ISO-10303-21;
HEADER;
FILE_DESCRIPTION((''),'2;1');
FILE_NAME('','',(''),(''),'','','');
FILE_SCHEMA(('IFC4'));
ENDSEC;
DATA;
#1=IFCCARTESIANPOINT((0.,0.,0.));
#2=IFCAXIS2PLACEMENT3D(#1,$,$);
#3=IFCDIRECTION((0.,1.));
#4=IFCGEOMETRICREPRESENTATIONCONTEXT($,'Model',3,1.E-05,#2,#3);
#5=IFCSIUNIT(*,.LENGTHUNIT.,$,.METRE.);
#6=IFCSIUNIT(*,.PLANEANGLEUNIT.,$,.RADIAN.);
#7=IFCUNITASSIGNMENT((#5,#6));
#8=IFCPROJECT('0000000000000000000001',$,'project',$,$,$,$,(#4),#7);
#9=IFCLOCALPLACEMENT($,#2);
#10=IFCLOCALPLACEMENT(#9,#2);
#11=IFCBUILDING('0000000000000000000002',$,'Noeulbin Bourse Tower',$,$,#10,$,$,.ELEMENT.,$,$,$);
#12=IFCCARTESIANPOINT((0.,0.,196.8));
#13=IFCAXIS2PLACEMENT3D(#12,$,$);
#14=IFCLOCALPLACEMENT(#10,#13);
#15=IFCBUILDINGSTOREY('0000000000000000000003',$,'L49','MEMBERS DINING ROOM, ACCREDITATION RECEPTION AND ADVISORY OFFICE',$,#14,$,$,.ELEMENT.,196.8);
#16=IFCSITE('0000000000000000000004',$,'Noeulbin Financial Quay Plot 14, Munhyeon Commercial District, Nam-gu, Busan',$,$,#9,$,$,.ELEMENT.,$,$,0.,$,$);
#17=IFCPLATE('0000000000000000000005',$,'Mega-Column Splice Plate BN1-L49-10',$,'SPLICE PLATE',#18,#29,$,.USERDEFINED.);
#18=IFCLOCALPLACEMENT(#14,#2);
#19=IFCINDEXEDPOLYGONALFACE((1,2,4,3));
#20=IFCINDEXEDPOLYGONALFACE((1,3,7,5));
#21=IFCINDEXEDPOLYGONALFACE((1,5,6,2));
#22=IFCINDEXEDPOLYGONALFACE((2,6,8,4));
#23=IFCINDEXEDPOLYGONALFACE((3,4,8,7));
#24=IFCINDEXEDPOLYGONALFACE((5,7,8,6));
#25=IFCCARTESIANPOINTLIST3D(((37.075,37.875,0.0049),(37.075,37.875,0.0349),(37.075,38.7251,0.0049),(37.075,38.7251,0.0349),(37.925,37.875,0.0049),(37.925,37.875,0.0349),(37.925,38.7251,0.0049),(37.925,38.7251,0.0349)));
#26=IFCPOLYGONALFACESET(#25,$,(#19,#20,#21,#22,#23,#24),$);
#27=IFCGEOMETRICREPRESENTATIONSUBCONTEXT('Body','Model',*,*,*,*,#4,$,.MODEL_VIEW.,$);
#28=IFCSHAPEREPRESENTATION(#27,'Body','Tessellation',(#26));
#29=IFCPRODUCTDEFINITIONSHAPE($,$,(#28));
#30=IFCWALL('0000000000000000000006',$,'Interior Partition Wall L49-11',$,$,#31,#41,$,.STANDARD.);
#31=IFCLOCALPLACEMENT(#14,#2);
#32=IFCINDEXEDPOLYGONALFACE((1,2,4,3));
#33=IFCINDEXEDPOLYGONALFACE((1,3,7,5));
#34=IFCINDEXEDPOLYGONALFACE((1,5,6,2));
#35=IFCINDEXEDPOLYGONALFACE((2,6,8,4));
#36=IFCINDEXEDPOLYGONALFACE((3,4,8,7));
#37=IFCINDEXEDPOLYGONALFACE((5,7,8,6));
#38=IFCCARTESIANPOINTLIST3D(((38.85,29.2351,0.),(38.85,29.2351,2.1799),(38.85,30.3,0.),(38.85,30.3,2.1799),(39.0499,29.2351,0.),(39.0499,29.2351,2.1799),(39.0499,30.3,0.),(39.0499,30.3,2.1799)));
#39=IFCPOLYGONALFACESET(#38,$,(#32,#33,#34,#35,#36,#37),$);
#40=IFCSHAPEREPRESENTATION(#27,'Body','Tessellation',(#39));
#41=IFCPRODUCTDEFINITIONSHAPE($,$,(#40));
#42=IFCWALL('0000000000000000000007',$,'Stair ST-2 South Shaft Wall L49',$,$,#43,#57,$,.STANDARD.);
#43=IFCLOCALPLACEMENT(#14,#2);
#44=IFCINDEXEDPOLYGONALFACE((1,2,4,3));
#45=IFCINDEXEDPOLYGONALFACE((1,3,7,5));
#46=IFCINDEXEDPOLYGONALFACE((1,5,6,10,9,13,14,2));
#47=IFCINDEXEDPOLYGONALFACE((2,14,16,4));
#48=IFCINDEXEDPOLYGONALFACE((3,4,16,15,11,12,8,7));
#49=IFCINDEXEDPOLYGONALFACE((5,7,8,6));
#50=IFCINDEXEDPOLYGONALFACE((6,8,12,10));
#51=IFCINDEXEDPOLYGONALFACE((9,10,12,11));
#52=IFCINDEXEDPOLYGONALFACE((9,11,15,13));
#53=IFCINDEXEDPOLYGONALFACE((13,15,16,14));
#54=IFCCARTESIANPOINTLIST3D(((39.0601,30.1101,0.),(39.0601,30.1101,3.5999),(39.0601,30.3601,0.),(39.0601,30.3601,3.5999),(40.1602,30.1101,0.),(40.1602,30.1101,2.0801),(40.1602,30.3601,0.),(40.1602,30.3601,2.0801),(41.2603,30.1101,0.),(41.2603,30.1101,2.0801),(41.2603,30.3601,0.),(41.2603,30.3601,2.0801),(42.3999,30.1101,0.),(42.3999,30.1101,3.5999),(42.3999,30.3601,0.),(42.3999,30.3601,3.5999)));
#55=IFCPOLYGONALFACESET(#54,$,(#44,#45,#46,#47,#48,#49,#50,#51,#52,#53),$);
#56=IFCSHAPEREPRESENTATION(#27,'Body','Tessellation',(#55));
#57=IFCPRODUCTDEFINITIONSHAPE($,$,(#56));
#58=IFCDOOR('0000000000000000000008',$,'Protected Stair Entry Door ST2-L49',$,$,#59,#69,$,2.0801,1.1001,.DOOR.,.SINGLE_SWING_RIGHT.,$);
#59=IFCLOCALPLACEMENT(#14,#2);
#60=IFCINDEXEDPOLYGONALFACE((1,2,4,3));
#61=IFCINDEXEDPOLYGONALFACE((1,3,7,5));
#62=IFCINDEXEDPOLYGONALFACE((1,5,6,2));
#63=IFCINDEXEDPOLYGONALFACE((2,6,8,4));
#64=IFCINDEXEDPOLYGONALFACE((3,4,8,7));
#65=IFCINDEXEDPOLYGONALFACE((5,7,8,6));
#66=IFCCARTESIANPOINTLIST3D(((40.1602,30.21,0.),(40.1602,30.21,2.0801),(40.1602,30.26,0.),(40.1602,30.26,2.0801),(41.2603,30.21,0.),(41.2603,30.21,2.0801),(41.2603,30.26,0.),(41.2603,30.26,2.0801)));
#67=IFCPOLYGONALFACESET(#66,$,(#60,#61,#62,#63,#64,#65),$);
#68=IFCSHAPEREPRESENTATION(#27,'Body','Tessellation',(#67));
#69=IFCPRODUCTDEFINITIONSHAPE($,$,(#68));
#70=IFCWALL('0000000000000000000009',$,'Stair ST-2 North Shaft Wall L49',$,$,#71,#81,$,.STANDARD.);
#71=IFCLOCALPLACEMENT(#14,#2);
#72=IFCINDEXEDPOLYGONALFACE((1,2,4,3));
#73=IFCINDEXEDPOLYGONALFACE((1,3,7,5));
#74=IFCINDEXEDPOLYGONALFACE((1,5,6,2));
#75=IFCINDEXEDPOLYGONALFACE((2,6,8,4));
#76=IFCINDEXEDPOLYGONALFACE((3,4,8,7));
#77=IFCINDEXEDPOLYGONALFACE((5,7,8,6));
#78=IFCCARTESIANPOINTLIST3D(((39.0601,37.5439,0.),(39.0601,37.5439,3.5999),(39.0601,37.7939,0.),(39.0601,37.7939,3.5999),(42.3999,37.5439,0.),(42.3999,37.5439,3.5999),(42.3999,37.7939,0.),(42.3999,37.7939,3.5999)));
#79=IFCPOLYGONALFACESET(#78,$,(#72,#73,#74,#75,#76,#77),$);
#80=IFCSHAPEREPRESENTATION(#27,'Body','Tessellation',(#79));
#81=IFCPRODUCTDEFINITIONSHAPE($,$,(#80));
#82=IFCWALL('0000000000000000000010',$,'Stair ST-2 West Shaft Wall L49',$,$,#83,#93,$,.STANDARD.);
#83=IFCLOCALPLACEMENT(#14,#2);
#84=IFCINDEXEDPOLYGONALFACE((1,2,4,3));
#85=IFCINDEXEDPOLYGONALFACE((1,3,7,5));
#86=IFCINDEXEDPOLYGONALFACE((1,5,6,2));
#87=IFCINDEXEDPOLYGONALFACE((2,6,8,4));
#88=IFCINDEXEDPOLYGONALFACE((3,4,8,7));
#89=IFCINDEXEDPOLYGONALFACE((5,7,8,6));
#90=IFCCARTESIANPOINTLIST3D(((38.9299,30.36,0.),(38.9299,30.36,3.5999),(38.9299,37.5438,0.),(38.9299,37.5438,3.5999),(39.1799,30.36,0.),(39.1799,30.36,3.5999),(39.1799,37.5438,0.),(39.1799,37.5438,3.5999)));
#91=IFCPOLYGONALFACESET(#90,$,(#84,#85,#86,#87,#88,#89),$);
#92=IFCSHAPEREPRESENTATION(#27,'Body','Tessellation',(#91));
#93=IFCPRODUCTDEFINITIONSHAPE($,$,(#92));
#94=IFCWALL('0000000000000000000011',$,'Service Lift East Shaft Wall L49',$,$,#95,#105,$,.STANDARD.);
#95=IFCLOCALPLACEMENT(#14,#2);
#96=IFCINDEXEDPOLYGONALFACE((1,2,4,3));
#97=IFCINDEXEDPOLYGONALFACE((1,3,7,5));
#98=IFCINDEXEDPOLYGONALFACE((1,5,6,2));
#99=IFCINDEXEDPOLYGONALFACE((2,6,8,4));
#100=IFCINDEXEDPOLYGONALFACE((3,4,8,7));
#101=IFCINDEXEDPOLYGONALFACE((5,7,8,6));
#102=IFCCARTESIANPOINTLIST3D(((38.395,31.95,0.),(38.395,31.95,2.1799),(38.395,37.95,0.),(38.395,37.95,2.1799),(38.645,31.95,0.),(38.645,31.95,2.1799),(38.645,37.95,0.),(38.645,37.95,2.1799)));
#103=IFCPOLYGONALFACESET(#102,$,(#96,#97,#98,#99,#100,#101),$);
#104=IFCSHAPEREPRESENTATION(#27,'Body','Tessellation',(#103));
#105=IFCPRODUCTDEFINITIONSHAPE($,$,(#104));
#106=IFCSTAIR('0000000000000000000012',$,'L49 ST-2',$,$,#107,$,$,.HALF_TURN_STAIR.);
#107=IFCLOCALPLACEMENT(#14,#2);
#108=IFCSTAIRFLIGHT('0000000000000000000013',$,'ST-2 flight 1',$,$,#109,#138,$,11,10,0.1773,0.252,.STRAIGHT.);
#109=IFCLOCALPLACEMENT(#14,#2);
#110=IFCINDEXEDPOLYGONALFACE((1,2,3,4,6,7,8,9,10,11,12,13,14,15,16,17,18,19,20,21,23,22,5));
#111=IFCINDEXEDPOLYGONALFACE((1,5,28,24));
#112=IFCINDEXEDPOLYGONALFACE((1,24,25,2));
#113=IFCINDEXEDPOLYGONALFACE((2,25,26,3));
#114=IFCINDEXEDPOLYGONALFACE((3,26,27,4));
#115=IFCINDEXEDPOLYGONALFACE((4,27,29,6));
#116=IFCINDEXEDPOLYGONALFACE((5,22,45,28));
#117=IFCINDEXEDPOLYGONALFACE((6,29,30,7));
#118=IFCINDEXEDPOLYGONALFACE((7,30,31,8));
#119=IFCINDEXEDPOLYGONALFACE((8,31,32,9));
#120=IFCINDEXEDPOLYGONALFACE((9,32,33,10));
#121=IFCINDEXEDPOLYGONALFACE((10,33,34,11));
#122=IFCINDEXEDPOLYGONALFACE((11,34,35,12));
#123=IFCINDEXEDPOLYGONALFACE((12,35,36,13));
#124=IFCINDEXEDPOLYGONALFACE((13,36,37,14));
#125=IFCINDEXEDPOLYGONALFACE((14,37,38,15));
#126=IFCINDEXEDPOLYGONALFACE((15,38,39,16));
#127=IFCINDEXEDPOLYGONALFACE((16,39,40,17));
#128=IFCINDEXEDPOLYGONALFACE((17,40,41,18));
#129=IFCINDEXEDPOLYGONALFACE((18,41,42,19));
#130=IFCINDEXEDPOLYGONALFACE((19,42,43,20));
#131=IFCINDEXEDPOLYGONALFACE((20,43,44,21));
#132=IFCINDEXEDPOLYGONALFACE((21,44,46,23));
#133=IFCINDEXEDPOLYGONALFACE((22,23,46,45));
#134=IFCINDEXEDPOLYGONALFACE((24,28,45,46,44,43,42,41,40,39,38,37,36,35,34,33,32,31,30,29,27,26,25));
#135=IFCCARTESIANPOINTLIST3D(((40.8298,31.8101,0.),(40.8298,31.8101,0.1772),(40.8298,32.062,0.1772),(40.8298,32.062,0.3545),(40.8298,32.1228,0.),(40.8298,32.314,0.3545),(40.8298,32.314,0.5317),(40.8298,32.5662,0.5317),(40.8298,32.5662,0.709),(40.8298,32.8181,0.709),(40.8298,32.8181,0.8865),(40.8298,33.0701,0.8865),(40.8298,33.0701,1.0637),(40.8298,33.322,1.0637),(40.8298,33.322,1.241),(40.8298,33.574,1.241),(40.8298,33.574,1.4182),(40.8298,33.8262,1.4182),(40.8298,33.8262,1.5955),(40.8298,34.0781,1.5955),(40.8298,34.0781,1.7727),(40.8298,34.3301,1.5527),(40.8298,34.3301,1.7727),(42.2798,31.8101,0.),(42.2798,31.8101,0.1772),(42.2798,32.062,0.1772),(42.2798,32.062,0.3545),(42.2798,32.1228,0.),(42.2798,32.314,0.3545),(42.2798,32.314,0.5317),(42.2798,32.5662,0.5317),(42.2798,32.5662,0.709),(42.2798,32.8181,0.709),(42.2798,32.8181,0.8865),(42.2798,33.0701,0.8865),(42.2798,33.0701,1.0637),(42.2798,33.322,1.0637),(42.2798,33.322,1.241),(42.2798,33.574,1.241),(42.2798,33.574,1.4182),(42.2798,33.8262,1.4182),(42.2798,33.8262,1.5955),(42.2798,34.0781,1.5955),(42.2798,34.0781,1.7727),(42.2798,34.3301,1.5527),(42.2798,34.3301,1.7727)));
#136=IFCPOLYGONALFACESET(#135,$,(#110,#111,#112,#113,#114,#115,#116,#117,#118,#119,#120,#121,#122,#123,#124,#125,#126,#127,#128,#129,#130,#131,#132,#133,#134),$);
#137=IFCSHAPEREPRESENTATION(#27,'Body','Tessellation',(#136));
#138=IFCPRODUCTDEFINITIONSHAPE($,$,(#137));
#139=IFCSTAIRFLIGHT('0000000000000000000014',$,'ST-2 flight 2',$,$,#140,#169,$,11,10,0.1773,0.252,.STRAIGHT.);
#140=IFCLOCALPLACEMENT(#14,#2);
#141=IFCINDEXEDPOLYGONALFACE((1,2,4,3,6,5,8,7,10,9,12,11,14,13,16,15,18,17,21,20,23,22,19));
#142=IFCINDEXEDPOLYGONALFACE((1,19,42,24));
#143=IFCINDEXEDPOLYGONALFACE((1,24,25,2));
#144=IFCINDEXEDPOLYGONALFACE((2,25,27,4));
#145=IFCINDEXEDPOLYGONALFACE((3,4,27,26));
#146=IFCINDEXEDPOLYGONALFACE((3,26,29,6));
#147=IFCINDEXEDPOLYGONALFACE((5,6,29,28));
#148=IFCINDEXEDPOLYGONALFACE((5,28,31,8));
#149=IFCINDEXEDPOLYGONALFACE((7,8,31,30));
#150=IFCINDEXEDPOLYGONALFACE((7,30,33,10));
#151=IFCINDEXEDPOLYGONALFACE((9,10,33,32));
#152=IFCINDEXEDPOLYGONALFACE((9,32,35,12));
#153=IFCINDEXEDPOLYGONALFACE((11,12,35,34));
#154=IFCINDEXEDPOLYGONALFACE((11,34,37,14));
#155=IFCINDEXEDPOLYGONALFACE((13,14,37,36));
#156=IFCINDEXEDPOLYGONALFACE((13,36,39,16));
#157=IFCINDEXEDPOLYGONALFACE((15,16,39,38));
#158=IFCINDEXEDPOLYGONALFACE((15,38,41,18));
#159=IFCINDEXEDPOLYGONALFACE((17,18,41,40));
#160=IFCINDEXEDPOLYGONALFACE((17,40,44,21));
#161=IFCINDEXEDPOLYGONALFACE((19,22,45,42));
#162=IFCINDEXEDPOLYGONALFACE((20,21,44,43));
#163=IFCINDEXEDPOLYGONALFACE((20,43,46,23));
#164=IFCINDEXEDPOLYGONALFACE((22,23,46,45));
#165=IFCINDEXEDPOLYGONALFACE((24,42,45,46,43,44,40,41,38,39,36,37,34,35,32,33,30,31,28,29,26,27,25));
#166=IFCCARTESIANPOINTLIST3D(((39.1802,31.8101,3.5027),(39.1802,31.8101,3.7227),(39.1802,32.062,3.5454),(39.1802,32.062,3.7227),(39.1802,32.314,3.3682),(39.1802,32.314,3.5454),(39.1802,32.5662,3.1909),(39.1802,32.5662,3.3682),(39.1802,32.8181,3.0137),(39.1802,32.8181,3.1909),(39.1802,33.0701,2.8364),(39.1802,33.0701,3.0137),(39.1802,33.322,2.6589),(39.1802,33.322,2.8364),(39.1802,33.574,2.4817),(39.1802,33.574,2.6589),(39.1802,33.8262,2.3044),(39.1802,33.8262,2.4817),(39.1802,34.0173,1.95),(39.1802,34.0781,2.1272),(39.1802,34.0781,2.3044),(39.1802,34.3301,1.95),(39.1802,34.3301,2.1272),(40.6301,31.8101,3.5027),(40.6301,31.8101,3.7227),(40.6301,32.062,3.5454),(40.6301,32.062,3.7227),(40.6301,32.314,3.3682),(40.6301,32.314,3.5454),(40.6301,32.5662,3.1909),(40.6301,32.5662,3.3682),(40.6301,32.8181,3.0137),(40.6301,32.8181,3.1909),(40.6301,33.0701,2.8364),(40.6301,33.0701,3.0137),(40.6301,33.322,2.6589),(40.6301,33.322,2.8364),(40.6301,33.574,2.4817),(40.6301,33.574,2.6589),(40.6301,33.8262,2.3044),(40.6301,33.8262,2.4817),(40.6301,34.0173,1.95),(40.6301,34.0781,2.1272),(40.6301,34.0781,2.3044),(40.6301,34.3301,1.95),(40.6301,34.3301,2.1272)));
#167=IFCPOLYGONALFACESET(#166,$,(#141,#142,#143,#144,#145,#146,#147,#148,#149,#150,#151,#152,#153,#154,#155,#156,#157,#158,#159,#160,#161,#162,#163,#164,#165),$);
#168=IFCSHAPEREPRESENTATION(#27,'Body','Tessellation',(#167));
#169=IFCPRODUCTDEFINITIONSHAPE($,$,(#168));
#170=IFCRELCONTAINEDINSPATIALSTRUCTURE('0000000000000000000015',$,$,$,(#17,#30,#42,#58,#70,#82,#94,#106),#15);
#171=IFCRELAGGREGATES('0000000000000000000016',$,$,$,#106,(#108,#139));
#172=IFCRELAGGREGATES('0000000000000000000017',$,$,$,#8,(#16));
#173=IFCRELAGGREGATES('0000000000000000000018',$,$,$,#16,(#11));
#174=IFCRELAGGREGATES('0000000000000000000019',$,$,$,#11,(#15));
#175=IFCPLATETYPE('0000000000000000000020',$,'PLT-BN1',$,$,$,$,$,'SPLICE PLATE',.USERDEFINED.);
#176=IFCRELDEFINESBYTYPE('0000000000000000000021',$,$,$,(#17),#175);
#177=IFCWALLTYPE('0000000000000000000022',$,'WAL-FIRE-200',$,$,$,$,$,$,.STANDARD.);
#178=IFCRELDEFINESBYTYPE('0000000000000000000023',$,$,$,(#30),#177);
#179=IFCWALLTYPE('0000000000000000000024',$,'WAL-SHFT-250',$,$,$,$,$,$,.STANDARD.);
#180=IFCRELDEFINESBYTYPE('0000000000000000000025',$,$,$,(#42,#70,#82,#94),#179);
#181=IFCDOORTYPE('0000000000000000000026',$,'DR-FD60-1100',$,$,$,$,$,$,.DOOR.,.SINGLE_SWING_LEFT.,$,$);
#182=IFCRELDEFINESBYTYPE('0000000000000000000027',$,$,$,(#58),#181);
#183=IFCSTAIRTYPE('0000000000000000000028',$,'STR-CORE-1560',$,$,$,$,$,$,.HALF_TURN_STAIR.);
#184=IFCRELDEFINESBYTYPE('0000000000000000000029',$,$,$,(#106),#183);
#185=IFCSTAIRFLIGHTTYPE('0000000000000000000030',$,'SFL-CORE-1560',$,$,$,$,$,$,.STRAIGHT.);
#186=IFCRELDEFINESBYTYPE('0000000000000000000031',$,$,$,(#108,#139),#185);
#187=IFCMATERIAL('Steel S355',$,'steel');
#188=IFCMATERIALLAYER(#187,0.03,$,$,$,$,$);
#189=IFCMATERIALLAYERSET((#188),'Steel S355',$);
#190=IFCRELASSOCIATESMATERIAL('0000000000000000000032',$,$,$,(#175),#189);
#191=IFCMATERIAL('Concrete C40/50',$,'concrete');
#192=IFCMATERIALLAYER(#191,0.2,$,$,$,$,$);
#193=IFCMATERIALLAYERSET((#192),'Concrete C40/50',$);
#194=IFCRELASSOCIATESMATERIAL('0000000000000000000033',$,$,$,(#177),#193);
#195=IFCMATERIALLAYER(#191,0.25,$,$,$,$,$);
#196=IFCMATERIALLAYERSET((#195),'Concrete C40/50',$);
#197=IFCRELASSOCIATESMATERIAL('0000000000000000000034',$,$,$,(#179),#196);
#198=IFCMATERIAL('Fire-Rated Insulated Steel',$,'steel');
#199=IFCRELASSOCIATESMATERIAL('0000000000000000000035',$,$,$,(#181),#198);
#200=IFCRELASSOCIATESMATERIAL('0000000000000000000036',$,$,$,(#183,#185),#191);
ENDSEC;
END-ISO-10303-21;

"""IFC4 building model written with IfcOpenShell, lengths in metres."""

from ifc_helpers import new_model, si_unit, direction, frame, frame_2d, origin, origin_2d, place, context, subcontext, project, spatial, polyline, rectangle, outline, extrude, material, layer, layer_set, type_object, element, fill, aggregate, save


model = new_model("IFC4")

# Units and contexts
model_context = context("Model", 3, precision=1e-05, world=origin(), true_north=direction((0.0, 1.0)))
body_context = subcontext(model_context, "Body", "Model", "MODEL_VIEW")
ifc_project = project(units=[si_unit("LENGTHUNIT", "METRE"), si_unit("PLANEANGLEUNIT", "RADIAN")], contexts=[model_context])

# Site, building, storey
site_placement = place(None, origin())
site = spatial("IfcSite", under=ifc_project, at=site_placement, Name="Noeulbin Financial Quay Plot 14, Munhyeon Commercial District, Nam-gu, Busan", CompositionType="ELEMENT", RefElevation=0.0)
building_placement = place(site_placement, origin())
building = spatial("IfcBuilding", under=site, at=building_placement, Name="Noeulbin Bourse Tower", CompositionType="ELEMENT")
storey_placement = place(building_placement, frame((0.0, 0.0, 196.8)))
storey = spatial("IfcBuildingStorey", under=building, at=storey_placement, Name="L49", Description="MEMBERS DINING ROOM, ACCREDITATION RECEPTION AND ADVISORY OFFICE", CompositionType="ELEMENT", Elevation=196.8)

# Shared definitions
ifc_material_1 = material(Name="Steel S355", Category="steel")

# Plate
ifc_layer_1 = layer(ifc_material_1, 0.03)
ifc_layer_set_1 = layer_set([ifc_layer_1], Name="Steel S355")
plate_type_1 = type_object("IfcPlateType", Name="PLT-BN1", ElementType="SPLICE PLATE", PredefinedType="USERDEFINED", material=ifc_layer_set_1)
for number, where, z_axis, x_axis, name in (
    (1, (37.5, 38.3, 0.0049), (0.0, 0.0, 1.0), (1.0, 0.0, 0.0), "Mega-Column Splice Plate BN1-L49-10"),
):
    element("IfcPlate", number, at=place(storey_placement, frame(where, z_axis=z_axis, x_axis=x_axis)), inside=storey, type_object=plate_type_1, Name=name, ObjectType="SPLICE PLATE", PredefinedType="USERDEFINED", context=body_context, shape_type="SweptSolid", body=[
        extrude(rectangle(XDim=0.8501, YDim=0.8501, at=origin_2d()), origin(), (0.0, 0.0, 1.0), 0.03),
    ])

# Wall
ifc_material_2 = material(Name="Concrete C40/50", Category="concrete")
ifc_layer_2 = layer(ifc_material_2, 0.2)
ifc_layer_set_2 = layer_set([ifc_layer_2], Name="Concrete C40/50")
wall_type_1 = type_object("IfcWallType", Name="WAL-FIRE-200", PredefinedType="STANDARD", material=ifc_layer_set_2)
wall_1_placement = place(storey_placement, frame((38.95, 29.2351, 0.0), z_axis=(0.0, 0.0, 1.0), x_axis=(0.0, 1.0, 0.0)))
element("IfcWall", 2, at=wall_1_placement, inside=storey, type_object=wall_type_1, Name="Interior Partition Wall L49-11", PredefinedType="STANDARD", context=body_context, shape_type="SweptSolid", body=[
    extrude(rectangle(XDim=1.0649, YDim=0.2, at=frame_2d((0.5325, 0.0))), origin(), (0.0, 0.0, 1.0), 2.1799),
])

# Wall, opening, door
ifc_layer_3 = layer(ifc_material_2, 0.25)
ifc_layer_set_3 = layer_set([ifc_layer_3], Name="Concrete C40/50")
wall_type_2 = type_object("IfcWallType", Name="WAL-SHFT-250", PredefinedType="STANDARD", material=ifc_layer_set_3)
wall_2_placement = place(storey_placement, frame((39.0601, 30.2351, 0.0), z_axis=(0.0, 0.0, 1.0), x_axis=(1.0, 0.0, 0.0)))
wall_2 = element("IfcWall", 3, at=wall_2_placement, inside=storey, type_object=wall_type_2, Name="Stair ST-2 South Shaft Wall L49", PredefinedType="STANDARD", context=body_context, shape_type="SweptSolid", body=[
    extrude(rectangle(XDim=3.3398, YDim=0.25, at=frame_2d((1.6699, 0.0))), origin(), (0.0, 0.0, 1.0), 3.5999),
])
opening_placement = place(wall_2_placement, frame((1.1001, 0.0, 0.0)))
opening = element("IfcOpeningElement", 4, at=opening_placement, cuts=wall_2, PredefinedType="OPENING", context=body_context, shape_type="SweptSolid", body=[
    extrude(rectangle(XDim=1.1001, YDim=2.0801, at=frame_2d((0.55, 1.04))), frame((0.0, 0.135, 0.0), z_axis=(0.0, -1.0, 0.0), x_axis=(1.0, 0.0, 0.0)), (0.0, 0.0, 1.0), 0.27),
])
ifc_material_3 = material(Name="Fire-Rated Insulated Steel", Category="steel")
door_type = type_object("IfcDoorType", Name="DR-FD60-1100", OperationType="SINGLE_SWING_LEFT", PredefinedType="DOOR", material=ifc_material_3)
door_placement = place(opening_placement, origin())
door = element("IfcDoor", 5, at=door_placement, inside=storey, type_object=door_type, Name="Protected Stair Entry Door ST2-L49", OperationType="SINGLE_SWING_RIGHT", OverallHeight=2.0801, OverallWidth=1.1001, PredefinedType="DOOR", context=body_context, shape_type="SweptSolid", body=[
    extrude(rectangle(XDim=1.1001, YDim=2.0801, at=frame_2d((0.55, 1.04))), frame((0.0, 0.0249, 0.0), z_axis=(0.0, -1.0, 0.0), x_axis=(1.0, 0.0, 0.0)), (0.0, 0.0, 1.0), 0.05),
])
fill(opening, door)

# Walls
wall_3_placement = place(storey_placement, frame((39.0601, 37.6689, 0.0), z_axis=(0.0, 0.0, 1.0), x_axis=(1.0, 0.0, 0.0)))
element("IfcWall", 6, at=wall_3_placement, inside=storey, type_object=wall_type_2, Name="Stair ST-2 North Shaft Wall L49", PredefinedType="STANDARD", context=body_context, shape_type="SweptSolid", body=[
    extrude(rectangle(XDim=3.3398, YDim=0.25, at=frame_2d((1.6699, 0.0))), origin(), (0.0, 0.0, 1.0), 3.5999),
])
wall_4_placement = place(storey_placement, frame((39.0549, 30.3601, 0.0), z_axis=(0.0, 0.0, 1.0), x_axis=(0.0, 1.0, 0.0)))
element("IfcWall", 7, at=wall_4_placement, inside=storey, type_object=wall_type_2, Name="Stair ST-2 West Shaft Wall L49", PredefinedType="STANDARD", context=body_context, shape_type="SweptSolid", body=[
    extrude(rectangle(XDim=7.1838, YDim=0.25, at=frame_2d((3.5918, 0.0))), origin(), (0.0, 0.0, 1.0), 3.5999),
])
wall_5_placement = place(storey_placement, frame((38.52, 31.95, 0.0), z_axis=(0.0, 0.0, 1.0), x_axis=(0.0, 1.0, 0.0)))
element("IfcWall", 8, at=wall_5_placement, inside=storey, type_object=wall_type_2, Name="Service Lift East Shaft Wall L49", PredefinedType="STANDARD", context=body_context, shape_type="SweptSolid", body=[
    extrude(rectangle(XDim=6.0, YDim=0.25, at=frame_2d((3.0, 0.0))), origin(), (0.0, 0.0, 1.0), 2.1799),
])

# Stair, stair flights
stair_type = type_object("IfcStairType", Name="STR-CORE-1560", PredefinedType="HALF_TURN_STAIR", material=ifc_material_2)
stair_placement = place(storey_placement, origin())
stair = element("IfcStair", 9, at=stair_placement, inside=storey, type_object=stair_type, Name="L49 ST-2", PredefinedType="HALF_TURN_STAIR")
stair_flight_type = type_object("IfcStairFlightType", Name="SFL-CORE-1560", PredefinedType="STRAIGHT", material=ifc_material_2)
stair_flight_1_placement = place(storey_placement, frame((41.5549, 31.8101, 0.0), z_axis=(0.0, 0.0, 1.0), x_axis=(0.0, 1.0, 0.0)))
stair_flight_1 = element("IfcStairFlight", 10, at=stair_flight_1_placement, type_object=stair_flight_type, Name="ST-2 flight 1", NumberOfRisers=11, NumberOfTreads=10, PredefinedType="STRAIGHT", RiserHeight=0.1773, TreadLength=0.252, context=body_context, shape_type="SweptSolid", body=[
    extrude(outline(polyline([(0.0, 0.0), (0.0, 0.1772), (0.252, 0.1772), (0.252, 0.3545), (0.5039, 0.3545), (0.5039, 0.5317), (0.7561, 0.5317), (0.7561, 0.709), (1.0081, 0.709), (1.0081, 0.8865), (1.26, 0.8865), (1.26, 1.0637), (1.512, 1.0637), (1.512, 1.241), (1.7639, 1.241), (1.7639, 1.4182), (2.0161, 1.4182), (2.0161, 1.5955), (2.2681, 1.5955), (2.2681, 1.7727), (2.52, 1.7727), (2.52, 1.95), (2.52, 1.5527), (0.3127, 0.0), (0.0, 0.0)])), frame((0.0, 0.7251, 0.0), z_axis=(0.0, -1.0, 0.0), x_axis=(1.0, 0.0, 0.0)), (0.0, 0.0, 1.0), 1.45),
])
stair_flight_2_placement = place(storey_placement, frame((39.905, 34.3301, 1.95), z_axis=(0.0, 0.0, 1.0), x_axis=(0.0, -1.0, 0.0)))
stair_flight_2 = element("IfcStairFlight", 11, at=stair_flight_2_placement, type_object=stair_flight_type, Name="ST-2 flight 2", NumberOfRisers=11, NumberOfTreads=10, PredefinedType="STRAIGHT", RiserHeight=0.1773, TreadLength=0.252, context=body_context, shape_type="SweptSolid", body=[
    extrude(outline(polyline([(0.0, 0.0), (0.0, 0.1772), (0.252, 0.1772), (0.252, 0.3545), (0.5039, 0.3545), (0.5039, 0.5317), (0.7561, 0.5317), (0.7561, 0.709), (1.0081, 0.709), (1.0081, 0.8865), (1.26, 0.8865), (1.26, 1.0637), (1.512, 1.0637), (1.512, 1.241), (1.7639, 1.241), (1.7639, 1.4182), (2.0161, 1.4182), (2.0161, 1.5955), (2.2681, 1.5955), (2.2681, 1.7727), (2.52, 1.7727), (2.52, 1.95), (2.52, 1.5527), (0.3127, 0.0), (0.0, 0.0)])), frame((0.0, 0.7251, 0.0), z_axis=(0.0, -1.0, 0.0), x_axis=(1.0, 0.0, 0.0)), (0.0, 0.0, 1.0), 1.45),
])
aggregate(stair, [stair_flight_1, stair_flight_2])

save(model, "model.ifc")
